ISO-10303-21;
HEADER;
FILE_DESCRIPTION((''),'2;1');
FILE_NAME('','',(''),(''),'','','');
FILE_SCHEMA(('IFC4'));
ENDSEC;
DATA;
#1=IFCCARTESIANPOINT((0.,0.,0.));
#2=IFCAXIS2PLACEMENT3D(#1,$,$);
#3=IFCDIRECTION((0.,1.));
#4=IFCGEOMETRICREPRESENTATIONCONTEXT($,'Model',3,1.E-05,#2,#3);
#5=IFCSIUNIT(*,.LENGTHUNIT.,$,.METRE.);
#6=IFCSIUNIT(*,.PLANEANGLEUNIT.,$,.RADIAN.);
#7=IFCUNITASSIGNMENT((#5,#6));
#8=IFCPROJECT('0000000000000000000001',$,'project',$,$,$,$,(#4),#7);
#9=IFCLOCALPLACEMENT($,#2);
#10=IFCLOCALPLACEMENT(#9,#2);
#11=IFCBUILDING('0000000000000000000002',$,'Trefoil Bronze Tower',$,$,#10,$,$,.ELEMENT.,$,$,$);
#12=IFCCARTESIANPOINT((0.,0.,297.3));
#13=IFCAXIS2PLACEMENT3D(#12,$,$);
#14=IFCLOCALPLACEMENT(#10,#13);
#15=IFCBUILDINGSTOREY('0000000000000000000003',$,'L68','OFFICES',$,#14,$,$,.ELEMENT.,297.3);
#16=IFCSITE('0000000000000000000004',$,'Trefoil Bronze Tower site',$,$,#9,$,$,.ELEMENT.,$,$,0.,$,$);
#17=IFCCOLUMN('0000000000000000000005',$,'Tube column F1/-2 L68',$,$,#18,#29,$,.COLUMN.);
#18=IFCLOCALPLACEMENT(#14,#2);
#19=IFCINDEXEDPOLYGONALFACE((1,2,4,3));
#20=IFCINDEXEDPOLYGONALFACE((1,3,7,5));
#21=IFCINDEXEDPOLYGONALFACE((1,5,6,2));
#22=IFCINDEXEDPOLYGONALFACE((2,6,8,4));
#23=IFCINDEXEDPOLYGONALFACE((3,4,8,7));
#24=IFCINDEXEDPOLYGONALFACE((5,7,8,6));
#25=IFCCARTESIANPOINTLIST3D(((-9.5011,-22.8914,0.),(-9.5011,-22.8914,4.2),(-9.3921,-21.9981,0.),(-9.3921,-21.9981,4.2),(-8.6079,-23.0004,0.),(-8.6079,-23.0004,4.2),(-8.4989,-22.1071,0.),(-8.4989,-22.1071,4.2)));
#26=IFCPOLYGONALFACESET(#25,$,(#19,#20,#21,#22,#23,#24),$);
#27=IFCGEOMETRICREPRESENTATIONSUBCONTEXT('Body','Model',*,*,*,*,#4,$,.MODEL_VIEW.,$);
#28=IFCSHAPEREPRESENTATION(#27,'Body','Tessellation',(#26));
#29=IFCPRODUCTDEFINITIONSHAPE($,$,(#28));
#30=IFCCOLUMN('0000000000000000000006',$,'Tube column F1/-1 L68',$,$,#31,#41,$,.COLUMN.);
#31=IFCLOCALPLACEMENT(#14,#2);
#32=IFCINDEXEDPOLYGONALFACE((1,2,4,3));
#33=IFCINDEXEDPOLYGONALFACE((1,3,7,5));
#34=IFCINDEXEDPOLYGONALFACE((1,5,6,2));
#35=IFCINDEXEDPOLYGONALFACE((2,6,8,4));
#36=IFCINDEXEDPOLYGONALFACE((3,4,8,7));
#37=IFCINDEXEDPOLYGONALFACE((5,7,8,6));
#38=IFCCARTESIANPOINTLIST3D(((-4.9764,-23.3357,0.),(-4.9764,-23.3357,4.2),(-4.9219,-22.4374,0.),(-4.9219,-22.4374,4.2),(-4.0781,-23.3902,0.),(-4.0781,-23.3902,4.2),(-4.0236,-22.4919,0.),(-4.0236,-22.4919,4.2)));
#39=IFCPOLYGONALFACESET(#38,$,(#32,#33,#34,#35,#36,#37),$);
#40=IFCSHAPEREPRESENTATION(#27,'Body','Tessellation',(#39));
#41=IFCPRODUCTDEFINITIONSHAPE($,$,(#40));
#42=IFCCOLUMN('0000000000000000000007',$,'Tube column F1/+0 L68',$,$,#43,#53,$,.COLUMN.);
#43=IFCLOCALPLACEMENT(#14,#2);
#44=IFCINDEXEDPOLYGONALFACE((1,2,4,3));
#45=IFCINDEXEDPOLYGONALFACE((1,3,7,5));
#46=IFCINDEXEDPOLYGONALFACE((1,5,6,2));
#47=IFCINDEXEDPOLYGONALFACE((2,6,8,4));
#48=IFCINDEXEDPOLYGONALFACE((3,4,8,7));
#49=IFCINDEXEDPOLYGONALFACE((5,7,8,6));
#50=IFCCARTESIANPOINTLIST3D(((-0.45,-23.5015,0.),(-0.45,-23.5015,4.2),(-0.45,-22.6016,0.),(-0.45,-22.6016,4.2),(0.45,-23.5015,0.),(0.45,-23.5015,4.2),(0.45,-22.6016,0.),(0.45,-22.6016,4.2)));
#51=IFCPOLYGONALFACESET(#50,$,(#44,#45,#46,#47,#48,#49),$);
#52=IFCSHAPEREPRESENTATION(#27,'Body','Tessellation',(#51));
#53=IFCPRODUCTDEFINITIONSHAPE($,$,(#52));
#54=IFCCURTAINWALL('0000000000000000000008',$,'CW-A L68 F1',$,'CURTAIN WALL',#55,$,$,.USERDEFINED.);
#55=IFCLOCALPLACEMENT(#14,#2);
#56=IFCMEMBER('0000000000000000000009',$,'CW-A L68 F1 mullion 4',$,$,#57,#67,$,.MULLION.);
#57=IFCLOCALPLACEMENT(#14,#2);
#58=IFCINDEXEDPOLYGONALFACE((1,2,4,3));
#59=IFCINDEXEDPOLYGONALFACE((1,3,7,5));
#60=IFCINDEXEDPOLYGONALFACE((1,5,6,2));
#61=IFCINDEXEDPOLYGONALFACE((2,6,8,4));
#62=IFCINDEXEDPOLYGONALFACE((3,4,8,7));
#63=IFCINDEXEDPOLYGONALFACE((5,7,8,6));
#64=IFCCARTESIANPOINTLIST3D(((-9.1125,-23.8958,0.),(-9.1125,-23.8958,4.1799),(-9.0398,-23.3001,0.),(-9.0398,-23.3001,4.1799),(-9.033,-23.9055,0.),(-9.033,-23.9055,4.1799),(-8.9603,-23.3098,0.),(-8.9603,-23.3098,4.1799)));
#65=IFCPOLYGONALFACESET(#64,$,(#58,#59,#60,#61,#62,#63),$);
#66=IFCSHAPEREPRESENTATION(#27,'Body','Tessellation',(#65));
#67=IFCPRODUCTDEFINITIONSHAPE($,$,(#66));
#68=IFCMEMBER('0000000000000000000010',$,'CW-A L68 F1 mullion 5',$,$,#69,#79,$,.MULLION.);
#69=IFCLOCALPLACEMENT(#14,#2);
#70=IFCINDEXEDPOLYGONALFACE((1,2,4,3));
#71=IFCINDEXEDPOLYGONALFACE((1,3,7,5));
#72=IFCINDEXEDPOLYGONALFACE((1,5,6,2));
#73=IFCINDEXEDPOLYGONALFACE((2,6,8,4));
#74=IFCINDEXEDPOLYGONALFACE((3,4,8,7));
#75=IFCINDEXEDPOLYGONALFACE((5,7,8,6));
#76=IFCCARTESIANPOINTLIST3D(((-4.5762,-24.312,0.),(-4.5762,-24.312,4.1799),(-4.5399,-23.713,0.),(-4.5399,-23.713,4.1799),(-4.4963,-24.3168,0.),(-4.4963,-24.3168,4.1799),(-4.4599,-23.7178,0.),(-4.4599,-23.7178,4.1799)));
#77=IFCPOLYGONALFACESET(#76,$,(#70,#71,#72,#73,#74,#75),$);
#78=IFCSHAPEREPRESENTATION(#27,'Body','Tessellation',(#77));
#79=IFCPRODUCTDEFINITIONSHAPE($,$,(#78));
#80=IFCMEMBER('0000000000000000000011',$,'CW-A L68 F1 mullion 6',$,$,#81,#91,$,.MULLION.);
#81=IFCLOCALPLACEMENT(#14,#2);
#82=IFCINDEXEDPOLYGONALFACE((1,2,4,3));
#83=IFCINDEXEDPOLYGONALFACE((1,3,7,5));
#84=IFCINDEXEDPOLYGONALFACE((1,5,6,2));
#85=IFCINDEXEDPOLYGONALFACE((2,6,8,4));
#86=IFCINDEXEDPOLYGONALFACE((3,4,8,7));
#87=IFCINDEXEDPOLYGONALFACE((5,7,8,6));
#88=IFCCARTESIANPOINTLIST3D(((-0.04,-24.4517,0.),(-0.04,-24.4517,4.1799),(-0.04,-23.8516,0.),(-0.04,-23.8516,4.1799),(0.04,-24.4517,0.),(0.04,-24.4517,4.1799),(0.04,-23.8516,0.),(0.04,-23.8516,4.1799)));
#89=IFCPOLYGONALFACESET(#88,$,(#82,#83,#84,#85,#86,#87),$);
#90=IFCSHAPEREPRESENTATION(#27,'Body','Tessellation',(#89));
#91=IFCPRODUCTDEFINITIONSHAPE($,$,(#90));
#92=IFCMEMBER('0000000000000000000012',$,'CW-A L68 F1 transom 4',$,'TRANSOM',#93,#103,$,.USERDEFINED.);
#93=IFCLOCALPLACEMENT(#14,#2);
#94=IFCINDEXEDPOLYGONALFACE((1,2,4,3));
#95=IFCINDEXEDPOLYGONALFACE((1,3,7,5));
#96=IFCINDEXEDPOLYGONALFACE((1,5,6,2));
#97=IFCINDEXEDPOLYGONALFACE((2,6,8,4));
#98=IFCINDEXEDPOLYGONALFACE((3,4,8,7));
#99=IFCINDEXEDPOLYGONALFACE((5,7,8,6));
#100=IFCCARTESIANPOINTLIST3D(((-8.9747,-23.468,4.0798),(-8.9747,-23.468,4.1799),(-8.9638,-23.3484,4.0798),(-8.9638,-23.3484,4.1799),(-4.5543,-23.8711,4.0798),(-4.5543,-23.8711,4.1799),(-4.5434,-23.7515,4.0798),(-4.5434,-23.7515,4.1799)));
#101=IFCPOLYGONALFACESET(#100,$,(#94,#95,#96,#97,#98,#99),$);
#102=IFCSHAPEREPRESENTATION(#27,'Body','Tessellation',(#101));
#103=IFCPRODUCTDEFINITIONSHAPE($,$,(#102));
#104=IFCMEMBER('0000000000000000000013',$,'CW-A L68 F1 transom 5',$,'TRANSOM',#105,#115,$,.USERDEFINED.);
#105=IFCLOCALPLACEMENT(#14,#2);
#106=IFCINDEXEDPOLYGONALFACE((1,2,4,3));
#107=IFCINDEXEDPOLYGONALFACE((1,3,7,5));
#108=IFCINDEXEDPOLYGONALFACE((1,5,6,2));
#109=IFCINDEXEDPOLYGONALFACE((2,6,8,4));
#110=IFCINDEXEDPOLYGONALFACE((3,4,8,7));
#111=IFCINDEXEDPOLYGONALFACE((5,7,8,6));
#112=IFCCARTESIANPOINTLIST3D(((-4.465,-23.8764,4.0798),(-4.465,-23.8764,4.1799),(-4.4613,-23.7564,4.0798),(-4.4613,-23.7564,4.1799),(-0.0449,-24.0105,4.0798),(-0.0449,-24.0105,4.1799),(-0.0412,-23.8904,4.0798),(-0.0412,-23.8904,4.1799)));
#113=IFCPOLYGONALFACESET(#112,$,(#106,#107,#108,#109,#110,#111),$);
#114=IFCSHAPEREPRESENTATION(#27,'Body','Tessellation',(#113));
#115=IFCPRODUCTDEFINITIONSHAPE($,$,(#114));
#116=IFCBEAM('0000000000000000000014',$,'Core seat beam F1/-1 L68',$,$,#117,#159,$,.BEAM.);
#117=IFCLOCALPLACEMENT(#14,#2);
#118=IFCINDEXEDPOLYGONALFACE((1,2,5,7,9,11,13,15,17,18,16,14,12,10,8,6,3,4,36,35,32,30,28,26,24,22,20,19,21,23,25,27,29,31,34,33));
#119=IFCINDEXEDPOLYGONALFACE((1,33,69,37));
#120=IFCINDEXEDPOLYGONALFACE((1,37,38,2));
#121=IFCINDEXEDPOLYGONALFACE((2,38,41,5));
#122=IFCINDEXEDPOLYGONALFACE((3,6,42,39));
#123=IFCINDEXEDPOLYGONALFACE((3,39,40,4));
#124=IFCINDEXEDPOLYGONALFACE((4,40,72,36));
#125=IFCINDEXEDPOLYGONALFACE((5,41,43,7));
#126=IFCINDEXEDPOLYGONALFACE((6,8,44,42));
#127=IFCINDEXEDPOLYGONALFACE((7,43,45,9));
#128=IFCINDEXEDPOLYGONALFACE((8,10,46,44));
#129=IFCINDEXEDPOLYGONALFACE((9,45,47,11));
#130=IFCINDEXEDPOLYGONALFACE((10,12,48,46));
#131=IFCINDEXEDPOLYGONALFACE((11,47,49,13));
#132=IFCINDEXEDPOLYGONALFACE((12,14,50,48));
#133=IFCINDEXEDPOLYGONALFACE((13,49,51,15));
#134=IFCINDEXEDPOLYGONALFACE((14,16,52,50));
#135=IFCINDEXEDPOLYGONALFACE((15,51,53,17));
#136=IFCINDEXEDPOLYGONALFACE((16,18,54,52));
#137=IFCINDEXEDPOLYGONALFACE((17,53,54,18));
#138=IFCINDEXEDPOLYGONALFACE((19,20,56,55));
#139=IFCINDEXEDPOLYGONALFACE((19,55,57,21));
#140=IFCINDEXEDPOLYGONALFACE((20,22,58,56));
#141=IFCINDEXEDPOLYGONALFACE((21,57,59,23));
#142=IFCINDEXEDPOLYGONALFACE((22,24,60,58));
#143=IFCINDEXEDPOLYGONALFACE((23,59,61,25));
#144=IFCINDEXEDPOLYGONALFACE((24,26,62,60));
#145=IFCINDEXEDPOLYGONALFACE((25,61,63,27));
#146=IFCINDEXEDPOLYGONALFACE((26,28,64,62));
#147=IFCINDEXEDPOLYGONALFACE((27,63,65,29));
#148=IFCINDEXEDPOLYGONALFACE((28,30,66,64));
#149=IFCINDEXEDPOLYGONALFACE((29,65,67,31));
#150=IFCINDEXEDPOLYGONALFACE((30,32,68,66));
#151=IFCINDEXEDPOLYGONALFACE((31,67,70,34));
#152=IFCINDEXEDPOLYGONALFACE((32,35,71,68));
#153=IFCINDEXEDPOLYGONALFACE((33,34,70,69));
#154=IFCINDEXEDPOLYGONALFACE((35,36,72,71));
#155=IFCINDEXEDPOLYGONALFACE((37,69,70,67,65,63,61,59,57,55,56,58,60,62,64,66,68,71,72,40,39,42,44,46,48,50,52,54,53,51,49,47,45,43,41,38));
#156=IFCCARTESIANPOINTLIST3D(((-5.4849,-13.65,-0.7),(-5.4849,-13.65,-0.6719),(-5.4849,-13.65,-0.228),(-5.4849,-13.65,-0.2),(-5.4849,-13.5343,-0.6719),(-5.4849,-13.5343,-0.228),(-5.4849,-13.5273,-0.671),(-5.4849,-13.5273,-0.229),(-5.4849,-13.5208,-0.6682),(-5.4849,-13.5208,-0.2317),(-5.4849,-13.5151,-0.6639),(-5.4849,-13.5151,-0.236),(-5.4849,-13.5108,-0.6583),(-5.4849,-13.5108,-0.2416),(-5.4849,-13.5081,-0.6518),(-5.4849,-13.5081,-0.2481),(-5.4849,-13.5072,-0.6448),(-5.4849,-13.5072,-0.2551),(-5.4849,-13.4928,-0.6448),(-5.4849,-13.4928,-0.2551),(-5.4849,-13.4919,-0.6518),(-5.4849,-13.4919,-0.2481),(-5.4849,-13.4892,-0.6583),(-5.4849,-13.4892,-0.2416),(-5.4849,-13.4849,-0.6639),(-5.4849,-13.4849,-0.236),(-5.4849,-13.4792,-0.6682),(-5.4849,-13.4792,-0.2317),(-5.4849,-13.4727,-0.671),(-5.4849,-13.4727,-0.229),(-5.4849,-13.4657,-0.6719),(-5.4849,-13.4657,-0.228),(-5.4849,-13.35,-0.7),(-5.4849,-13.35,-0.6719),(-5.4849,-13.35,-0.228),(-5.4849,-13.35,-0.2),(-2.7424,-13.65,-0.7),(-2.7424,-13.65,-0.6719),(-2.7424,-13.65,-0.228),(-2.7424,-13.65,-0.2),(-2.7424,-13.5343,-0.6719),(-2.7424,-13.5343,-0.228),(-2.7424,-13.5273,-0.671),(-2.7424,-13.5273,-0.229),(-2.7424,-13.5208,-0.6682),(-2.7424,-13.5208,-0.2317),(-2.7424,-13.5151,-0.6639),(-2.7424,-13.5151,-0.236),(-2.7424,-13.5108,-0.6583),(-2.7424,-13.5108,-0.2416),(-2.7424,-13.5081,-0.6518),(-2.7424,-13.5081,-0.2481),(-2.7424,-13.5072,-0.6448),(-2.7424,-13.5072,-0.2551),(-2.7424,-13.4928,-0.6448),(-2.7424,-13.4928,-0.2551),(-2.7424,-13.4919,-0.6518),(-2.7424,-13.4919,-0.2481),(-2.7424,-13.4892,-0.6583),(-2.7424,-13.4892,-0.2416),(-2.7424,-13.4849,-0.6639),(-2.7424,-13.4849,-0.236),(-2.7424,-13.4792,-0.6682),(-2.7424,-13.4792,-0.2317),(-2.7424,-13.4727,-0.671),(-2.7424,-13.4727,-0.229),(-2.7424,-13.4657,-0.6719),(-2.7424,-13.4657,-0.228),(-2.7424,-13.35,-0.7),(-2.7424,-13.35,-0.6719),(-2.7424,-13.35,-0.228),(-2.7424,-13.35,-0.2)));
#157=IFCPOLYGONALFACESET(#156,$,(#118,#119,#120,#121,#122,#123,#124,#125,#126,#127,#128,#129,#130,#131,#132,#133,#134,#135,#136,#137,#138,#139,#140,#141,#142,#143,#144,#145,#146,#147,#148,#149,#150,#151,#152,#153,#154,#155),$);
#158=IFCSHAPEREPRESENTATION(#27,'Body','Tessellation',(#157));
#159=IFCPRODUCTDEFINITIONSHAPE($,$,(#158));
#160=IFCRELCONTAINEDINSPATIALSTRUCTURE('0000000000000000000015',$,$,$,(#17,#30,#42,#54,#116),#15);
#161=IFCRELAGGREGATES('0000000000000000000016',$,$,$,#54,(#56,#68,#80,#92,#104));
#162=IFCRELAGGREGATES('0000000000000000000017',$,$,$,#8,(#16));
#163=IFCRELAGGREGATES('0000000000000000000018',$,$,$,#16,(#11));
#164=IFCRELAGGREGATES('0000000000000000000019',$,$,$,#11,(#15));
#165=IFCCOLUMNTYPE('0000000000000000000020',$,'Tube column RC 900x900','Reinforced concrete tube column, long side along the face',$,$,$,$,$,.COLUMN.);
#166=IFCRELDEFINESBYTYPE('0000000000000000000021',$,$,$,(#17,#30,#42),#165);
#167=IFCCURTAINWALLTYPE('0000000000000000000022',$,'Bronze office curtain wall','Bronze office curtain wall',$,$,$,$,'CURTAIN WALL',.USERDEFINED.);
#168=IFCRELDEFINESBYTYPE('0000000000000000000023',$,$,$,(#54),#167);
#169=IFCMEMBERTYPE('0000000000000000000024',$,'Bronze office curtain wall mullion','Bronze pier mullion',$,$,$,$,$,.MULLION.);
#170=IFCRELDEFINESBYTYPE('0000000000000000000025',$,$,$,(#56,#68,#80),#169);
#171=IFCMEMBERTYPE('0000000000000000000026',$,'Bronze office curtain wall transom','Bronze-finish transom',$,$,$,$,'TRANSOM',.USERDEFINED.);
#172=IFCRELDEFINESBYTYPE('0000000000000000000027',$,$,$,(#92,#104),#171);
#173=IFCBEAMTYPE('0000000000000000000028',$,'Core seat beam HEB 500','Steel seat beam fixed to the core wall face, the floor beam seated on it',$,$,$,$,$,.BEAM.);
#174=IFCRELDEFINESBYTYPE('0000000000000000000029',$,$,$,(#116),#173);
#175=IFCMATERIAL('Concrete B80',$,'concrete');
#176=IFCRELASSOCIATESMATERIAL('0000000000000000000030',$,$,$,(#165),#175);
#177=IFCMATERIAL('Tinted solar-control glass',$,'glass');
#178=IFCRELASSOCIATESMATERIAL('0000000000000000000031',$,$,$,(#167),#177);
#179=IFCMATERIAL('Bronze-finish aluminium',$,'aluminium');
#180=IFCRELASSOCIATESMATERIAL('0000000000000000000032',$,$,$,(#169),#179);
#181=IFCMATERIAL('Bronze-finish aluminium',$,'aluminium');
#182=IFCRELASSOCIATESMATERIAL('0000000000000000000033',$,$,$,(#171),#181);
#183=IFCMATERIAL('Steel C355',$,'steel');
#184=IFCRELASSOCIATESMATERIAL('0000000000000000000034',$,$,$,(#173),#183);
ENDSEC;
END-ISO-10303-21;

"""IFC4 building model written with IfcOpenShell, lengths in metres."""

from ifc_helpers import new_model, si_unit, direction, frame, origin, origin_2d, place, context, subcontext, project, spatial, rectangle, i_section, extrude, material, material_profile, profile_set, type_object, element, aggregate, save


model = new_model("IFC4")

# Units and contexts
model_context = context("Model", 3, precision=1e-05, world=origin(), true_north=direction((0.0, 1.0)))
body_context = subcontext(model_context, "Body", "Model", "MODEL_VIEW")
ifc_project = project(units=[si_unit("LENGTHUNIT", "METRE"), si_unit("PLANEANGLEUNIT", "RADIAN")], contexts=[model_context])

# Site, building, storey
site_placement = place(None, origin())
site = spatial("IfcSite", under=ifc_project, at=site_placement, Name="Trefoil Bronze Tower site", CompositionType="ELEMENT", RefElevation=0.0)
building_placement = place(site_placement, origin())
building = spatial("IfcBuilding", under=site, at=building_placement, Name="Trefoil Bronze Tower", CompositionType="ELEMENT")
storey_placement = place(building_placement, frame((0.0, 0.0, 297.3)))
storey = spatial("IfcBuildingStorey", under=building, at=storey_placement, Name="L68", Description="OFFICES", CompositionType="ELEMENT", Elevation=297.3)

# Columns
ifc_material_1 = material(Name="Concrete B80", Category="concrete")
ifc_material_profile_1 = material_profile(ifc_material_1, rectangle(XDim=0.8999, YDim=0.8999, at=origin_2d()), Name="RC 900x900")
ifc_profile_set_1 = profile_set([ifc_material_profile_1], Name="Concrete B80")
column_type = type_object("IfcColumnType", Name="Tube column RC 900x900", Description="Reinforced concrete tube column, long side along the face", PredefinedType="COLUMN", material=ifc_profile_set_1)
for number, where, z_axis, x_axis, name in (
    (1, (-9.0, -22.4993, 0.0), (0.0, 0.0, 1.0), (0.992639, -0.121109, 0.0), "Tube column F1/-2 L68"),
    (2, (-4.5, -22.9138, 0.0), (0.0, 0.0, 1.0), (0.998165, -0.060554, 0.0), "Tube column F1/-1 L68"),
    (3, (0.0, -23.0515, 0.0), (0.0, 0.0, 1.0), (1.0, 0.0, 0.0), "Tube column F1/+0 L68"),
):
    element("IfcColumn", number, at=place(storey_placement, frame(where, z_axis=z_axis, x_axis=x_axis)), inside=storey, type_object=column_type, Name=name, PredefinedType="COLUMN", context=body_context, shape_type="SweptSolid", body=[
        extrude(rectangle(XDim=0.8999, YDim=0.8999, at=origin_2d()), origin(), (0.0, 0.0, 1.0), 4.2),
    ])

# Curtain wall, members
ifc_material_2 = material(Name="Tinted solar-control glass", Category="glass")
curtain_wall_type = type_object("IfcCurtainWallType", Name="Bronze office curtain wall", Description="Bronze office curtain wall", ElementType="CURTAIN WALL", PredefinedType="USERDEFINED", material=ifc_material_2)
curtain_wall_placement = place(storey_placement, origin())
curtain_wall = element("IfcCurtainWall", 4, at=curtain_wall_placement, inside=storey, type_object=curtain_wall_type, Name="CW-A L68 F1", ObjectType="CURTAIN WALL", PredefinedType="USERDEFINED")
ifc_material_3 = material(Name="Bronze-finish aluminium", Category="aluminium")
ifc_material_profile_2 = material_profile(ifc_material_3, rectangle(XDim=0.6001, YDim=0.0801, at=origin_2d()), Name="CW-A mullion")
ifc_profile_set_2 = profile_set([ifc_material_profile_2], Name="Bronze-finish aluminium")
member_type_1 = type_object("IfcMemberType", Name="Bronze office curtain wall mullion", Description="Bronze pier mullion", PredefinedType="MULLION", material=ifc_profile_set_2)
member_1_placement = place(storey_placement, frame((-9.0364, -23.6028, 0.0), z_axis=(0.0, 0.0, 1.0), x_axis=(0.121109, 0.992639, 0.0)))
member_1 = element("IfcMember", 5, at=member_1_placement, type_object=member_type_1, Name="CW-A L68 F1 mullion 4", PredefinedType="MULLION", context=body_context, shape_type="SweptSolid", body=[
    extrude(rectangle(XDim=0.6001, YDim=0.0801, at=origin_2d()), origin(), (0.0, 0.0, 1.0), 4.1799),
])
member_2_placement = place(storey_placement, frame((-4.5181, -24.0149, 0.0), z_axis=(0.0, 0.0, 1.0), x_axis=(0.060554, 0.998165, 0.0)))
member_2 = element("IfcMember", 6, at=member_2_placement, type_object=member_type_1, Name="CW-A L68 F1 mullion 5", PredefinedType="MULLION", context=body_context, shape_type="SweptSolid", body=[
    extrude(rectangle(XDim=0.6001, YDim=0.0801, at=origin_2d()), origin(), (0.0, 0.0, 1.0), 4.1799),
])
member_3_placement = place(storey_placement, frame((0.0, -24.1516, 0.0), z_axis=(0.0, 0.0, 1.0), x_axis=(0.0, 1.0, 0.0)))
member_3 = element("IfcMember", 7, at=member_3_placement, type_object=member_type_1, Name="CW-A L68 F1 mullion 6", PredefinedType="MULLION", context=body_context, shape_type="SweptSolid", body=[
    extrude(rectangle(XDim=0.6001, YDim=0.0801, at=origin_2d()), origin(), (0.0, 0.0, 1.0), 4.1799),
])
ifc_material_4 = material(Name="Bronze-finish aluminium", Category="aluminium")
ifc_material_profile_3 = material_profile(ifc_material_4, rectangle(XDim=0.1201, YDim=0.1001, at=origin_2d()), Name="CW-A transom")
ifc_profile_set_3 = profile_set([ifc_material_profile_3], Name="Bronze-finish aluminium")
member_type_2 = type_object("IfcMemberType", Name="Bronze office curtain wall transom", Description="Bronze-finish transom", ElementType="TRANSOM", PredefinedType="USERDEFINED", material=ifc_profile_set_3)
member_4_placement = place(storey_placement, frame((-8.9692, -23.4082, 4.1299), z_axis=(0.995868, -0.090808, 0.0), x_axis=(0.090808, 0.995868, 0.0)))
member_4 = element("IfcMember", 8, at=member_4_placement, type_object=member_type_2, Name="CW-A L68 F1 transom 4", ObjectType="TRANSOM", PredefinedType="USERDEFINED", context=body_context, shape_type="SweptSolid", body=[
    extrude(rectangle(XDim=0.1201, YDim=0.1001, at=origin_2d()), origin(), (0.0, 0.0, 1.0), 4.4387),
])
member_5_placement = place(storey_placement, frame((-4.4631, -23.8164, 4.1299), z_axis=(0.999541, -0.030309, 0.0), x_axis=(0.030309, 0.999541, 0.0)))
member_5 = element("IfcMember", 9, at=member_5_placement, type_object=member_type_2, Name="CW-A L68 F1 transom 5", ObjectType="TRANSOM", PredefinedType="USERDEFINED", context=body_context, shape_type="SweptSolid", body=[
    extrude(rectangle(XDim=0.1201, YDim=0.1001, at=origin_2d()), origin(), (0.0, 0.0, 1.0), 4.4221),
])

# Beam
ifc_material_5 = material(Name="Steel C355", Category="steel")
ifc_material_profile_4 = material_profile(ifc_material_5, i_section(OverallWidth=0.3, OverallDepth=0.5, WebThickness=0.0144, FlangeThickness=0.0281, FilletRadius=0.0271, at=origin_2d()), Name="HEB 500")
ifc_profile_set_4 = profile_set([ifc_material_profile_4], Name="Steel C355")
beam_type_1 = type_object("IfcBeamType", Name="Core seat beam HEB 500", Description="Steel seat beam fixed to the core wall face, the floor beam seated on it", PredefinedType="BEAM", material=ifc_profile_set_4)
beam_1_placement = place(storey_placement, frame((-5.4849, -13.5, -0.45), z_axis=(1.0, 0.0, 0.0), x_axis=(0.0, 1.0, 0.0)))
element("IfcBeam", 10, at=beam_1_placement, inside=storey, type_object=beam_type_1, Name="Core seat beam F1/-1 L68", PredefinedType="BEAM", context=body_context, shape_type="SweptSolid", body=[
    extrude(i_section(OverallWidth=0.3, OverallDepth=0.5, WebThickness=0.0144, FlangeThickness=0.0281, FilletRadius=0.0271, at=origin_2d()), origin(), (0.0, 0.0, 1.0), 2.7424),
])

aggregate(curtain_wall, [member_1, member_2, member_3, member_4, member_5])

save(model, "model.ifc")
